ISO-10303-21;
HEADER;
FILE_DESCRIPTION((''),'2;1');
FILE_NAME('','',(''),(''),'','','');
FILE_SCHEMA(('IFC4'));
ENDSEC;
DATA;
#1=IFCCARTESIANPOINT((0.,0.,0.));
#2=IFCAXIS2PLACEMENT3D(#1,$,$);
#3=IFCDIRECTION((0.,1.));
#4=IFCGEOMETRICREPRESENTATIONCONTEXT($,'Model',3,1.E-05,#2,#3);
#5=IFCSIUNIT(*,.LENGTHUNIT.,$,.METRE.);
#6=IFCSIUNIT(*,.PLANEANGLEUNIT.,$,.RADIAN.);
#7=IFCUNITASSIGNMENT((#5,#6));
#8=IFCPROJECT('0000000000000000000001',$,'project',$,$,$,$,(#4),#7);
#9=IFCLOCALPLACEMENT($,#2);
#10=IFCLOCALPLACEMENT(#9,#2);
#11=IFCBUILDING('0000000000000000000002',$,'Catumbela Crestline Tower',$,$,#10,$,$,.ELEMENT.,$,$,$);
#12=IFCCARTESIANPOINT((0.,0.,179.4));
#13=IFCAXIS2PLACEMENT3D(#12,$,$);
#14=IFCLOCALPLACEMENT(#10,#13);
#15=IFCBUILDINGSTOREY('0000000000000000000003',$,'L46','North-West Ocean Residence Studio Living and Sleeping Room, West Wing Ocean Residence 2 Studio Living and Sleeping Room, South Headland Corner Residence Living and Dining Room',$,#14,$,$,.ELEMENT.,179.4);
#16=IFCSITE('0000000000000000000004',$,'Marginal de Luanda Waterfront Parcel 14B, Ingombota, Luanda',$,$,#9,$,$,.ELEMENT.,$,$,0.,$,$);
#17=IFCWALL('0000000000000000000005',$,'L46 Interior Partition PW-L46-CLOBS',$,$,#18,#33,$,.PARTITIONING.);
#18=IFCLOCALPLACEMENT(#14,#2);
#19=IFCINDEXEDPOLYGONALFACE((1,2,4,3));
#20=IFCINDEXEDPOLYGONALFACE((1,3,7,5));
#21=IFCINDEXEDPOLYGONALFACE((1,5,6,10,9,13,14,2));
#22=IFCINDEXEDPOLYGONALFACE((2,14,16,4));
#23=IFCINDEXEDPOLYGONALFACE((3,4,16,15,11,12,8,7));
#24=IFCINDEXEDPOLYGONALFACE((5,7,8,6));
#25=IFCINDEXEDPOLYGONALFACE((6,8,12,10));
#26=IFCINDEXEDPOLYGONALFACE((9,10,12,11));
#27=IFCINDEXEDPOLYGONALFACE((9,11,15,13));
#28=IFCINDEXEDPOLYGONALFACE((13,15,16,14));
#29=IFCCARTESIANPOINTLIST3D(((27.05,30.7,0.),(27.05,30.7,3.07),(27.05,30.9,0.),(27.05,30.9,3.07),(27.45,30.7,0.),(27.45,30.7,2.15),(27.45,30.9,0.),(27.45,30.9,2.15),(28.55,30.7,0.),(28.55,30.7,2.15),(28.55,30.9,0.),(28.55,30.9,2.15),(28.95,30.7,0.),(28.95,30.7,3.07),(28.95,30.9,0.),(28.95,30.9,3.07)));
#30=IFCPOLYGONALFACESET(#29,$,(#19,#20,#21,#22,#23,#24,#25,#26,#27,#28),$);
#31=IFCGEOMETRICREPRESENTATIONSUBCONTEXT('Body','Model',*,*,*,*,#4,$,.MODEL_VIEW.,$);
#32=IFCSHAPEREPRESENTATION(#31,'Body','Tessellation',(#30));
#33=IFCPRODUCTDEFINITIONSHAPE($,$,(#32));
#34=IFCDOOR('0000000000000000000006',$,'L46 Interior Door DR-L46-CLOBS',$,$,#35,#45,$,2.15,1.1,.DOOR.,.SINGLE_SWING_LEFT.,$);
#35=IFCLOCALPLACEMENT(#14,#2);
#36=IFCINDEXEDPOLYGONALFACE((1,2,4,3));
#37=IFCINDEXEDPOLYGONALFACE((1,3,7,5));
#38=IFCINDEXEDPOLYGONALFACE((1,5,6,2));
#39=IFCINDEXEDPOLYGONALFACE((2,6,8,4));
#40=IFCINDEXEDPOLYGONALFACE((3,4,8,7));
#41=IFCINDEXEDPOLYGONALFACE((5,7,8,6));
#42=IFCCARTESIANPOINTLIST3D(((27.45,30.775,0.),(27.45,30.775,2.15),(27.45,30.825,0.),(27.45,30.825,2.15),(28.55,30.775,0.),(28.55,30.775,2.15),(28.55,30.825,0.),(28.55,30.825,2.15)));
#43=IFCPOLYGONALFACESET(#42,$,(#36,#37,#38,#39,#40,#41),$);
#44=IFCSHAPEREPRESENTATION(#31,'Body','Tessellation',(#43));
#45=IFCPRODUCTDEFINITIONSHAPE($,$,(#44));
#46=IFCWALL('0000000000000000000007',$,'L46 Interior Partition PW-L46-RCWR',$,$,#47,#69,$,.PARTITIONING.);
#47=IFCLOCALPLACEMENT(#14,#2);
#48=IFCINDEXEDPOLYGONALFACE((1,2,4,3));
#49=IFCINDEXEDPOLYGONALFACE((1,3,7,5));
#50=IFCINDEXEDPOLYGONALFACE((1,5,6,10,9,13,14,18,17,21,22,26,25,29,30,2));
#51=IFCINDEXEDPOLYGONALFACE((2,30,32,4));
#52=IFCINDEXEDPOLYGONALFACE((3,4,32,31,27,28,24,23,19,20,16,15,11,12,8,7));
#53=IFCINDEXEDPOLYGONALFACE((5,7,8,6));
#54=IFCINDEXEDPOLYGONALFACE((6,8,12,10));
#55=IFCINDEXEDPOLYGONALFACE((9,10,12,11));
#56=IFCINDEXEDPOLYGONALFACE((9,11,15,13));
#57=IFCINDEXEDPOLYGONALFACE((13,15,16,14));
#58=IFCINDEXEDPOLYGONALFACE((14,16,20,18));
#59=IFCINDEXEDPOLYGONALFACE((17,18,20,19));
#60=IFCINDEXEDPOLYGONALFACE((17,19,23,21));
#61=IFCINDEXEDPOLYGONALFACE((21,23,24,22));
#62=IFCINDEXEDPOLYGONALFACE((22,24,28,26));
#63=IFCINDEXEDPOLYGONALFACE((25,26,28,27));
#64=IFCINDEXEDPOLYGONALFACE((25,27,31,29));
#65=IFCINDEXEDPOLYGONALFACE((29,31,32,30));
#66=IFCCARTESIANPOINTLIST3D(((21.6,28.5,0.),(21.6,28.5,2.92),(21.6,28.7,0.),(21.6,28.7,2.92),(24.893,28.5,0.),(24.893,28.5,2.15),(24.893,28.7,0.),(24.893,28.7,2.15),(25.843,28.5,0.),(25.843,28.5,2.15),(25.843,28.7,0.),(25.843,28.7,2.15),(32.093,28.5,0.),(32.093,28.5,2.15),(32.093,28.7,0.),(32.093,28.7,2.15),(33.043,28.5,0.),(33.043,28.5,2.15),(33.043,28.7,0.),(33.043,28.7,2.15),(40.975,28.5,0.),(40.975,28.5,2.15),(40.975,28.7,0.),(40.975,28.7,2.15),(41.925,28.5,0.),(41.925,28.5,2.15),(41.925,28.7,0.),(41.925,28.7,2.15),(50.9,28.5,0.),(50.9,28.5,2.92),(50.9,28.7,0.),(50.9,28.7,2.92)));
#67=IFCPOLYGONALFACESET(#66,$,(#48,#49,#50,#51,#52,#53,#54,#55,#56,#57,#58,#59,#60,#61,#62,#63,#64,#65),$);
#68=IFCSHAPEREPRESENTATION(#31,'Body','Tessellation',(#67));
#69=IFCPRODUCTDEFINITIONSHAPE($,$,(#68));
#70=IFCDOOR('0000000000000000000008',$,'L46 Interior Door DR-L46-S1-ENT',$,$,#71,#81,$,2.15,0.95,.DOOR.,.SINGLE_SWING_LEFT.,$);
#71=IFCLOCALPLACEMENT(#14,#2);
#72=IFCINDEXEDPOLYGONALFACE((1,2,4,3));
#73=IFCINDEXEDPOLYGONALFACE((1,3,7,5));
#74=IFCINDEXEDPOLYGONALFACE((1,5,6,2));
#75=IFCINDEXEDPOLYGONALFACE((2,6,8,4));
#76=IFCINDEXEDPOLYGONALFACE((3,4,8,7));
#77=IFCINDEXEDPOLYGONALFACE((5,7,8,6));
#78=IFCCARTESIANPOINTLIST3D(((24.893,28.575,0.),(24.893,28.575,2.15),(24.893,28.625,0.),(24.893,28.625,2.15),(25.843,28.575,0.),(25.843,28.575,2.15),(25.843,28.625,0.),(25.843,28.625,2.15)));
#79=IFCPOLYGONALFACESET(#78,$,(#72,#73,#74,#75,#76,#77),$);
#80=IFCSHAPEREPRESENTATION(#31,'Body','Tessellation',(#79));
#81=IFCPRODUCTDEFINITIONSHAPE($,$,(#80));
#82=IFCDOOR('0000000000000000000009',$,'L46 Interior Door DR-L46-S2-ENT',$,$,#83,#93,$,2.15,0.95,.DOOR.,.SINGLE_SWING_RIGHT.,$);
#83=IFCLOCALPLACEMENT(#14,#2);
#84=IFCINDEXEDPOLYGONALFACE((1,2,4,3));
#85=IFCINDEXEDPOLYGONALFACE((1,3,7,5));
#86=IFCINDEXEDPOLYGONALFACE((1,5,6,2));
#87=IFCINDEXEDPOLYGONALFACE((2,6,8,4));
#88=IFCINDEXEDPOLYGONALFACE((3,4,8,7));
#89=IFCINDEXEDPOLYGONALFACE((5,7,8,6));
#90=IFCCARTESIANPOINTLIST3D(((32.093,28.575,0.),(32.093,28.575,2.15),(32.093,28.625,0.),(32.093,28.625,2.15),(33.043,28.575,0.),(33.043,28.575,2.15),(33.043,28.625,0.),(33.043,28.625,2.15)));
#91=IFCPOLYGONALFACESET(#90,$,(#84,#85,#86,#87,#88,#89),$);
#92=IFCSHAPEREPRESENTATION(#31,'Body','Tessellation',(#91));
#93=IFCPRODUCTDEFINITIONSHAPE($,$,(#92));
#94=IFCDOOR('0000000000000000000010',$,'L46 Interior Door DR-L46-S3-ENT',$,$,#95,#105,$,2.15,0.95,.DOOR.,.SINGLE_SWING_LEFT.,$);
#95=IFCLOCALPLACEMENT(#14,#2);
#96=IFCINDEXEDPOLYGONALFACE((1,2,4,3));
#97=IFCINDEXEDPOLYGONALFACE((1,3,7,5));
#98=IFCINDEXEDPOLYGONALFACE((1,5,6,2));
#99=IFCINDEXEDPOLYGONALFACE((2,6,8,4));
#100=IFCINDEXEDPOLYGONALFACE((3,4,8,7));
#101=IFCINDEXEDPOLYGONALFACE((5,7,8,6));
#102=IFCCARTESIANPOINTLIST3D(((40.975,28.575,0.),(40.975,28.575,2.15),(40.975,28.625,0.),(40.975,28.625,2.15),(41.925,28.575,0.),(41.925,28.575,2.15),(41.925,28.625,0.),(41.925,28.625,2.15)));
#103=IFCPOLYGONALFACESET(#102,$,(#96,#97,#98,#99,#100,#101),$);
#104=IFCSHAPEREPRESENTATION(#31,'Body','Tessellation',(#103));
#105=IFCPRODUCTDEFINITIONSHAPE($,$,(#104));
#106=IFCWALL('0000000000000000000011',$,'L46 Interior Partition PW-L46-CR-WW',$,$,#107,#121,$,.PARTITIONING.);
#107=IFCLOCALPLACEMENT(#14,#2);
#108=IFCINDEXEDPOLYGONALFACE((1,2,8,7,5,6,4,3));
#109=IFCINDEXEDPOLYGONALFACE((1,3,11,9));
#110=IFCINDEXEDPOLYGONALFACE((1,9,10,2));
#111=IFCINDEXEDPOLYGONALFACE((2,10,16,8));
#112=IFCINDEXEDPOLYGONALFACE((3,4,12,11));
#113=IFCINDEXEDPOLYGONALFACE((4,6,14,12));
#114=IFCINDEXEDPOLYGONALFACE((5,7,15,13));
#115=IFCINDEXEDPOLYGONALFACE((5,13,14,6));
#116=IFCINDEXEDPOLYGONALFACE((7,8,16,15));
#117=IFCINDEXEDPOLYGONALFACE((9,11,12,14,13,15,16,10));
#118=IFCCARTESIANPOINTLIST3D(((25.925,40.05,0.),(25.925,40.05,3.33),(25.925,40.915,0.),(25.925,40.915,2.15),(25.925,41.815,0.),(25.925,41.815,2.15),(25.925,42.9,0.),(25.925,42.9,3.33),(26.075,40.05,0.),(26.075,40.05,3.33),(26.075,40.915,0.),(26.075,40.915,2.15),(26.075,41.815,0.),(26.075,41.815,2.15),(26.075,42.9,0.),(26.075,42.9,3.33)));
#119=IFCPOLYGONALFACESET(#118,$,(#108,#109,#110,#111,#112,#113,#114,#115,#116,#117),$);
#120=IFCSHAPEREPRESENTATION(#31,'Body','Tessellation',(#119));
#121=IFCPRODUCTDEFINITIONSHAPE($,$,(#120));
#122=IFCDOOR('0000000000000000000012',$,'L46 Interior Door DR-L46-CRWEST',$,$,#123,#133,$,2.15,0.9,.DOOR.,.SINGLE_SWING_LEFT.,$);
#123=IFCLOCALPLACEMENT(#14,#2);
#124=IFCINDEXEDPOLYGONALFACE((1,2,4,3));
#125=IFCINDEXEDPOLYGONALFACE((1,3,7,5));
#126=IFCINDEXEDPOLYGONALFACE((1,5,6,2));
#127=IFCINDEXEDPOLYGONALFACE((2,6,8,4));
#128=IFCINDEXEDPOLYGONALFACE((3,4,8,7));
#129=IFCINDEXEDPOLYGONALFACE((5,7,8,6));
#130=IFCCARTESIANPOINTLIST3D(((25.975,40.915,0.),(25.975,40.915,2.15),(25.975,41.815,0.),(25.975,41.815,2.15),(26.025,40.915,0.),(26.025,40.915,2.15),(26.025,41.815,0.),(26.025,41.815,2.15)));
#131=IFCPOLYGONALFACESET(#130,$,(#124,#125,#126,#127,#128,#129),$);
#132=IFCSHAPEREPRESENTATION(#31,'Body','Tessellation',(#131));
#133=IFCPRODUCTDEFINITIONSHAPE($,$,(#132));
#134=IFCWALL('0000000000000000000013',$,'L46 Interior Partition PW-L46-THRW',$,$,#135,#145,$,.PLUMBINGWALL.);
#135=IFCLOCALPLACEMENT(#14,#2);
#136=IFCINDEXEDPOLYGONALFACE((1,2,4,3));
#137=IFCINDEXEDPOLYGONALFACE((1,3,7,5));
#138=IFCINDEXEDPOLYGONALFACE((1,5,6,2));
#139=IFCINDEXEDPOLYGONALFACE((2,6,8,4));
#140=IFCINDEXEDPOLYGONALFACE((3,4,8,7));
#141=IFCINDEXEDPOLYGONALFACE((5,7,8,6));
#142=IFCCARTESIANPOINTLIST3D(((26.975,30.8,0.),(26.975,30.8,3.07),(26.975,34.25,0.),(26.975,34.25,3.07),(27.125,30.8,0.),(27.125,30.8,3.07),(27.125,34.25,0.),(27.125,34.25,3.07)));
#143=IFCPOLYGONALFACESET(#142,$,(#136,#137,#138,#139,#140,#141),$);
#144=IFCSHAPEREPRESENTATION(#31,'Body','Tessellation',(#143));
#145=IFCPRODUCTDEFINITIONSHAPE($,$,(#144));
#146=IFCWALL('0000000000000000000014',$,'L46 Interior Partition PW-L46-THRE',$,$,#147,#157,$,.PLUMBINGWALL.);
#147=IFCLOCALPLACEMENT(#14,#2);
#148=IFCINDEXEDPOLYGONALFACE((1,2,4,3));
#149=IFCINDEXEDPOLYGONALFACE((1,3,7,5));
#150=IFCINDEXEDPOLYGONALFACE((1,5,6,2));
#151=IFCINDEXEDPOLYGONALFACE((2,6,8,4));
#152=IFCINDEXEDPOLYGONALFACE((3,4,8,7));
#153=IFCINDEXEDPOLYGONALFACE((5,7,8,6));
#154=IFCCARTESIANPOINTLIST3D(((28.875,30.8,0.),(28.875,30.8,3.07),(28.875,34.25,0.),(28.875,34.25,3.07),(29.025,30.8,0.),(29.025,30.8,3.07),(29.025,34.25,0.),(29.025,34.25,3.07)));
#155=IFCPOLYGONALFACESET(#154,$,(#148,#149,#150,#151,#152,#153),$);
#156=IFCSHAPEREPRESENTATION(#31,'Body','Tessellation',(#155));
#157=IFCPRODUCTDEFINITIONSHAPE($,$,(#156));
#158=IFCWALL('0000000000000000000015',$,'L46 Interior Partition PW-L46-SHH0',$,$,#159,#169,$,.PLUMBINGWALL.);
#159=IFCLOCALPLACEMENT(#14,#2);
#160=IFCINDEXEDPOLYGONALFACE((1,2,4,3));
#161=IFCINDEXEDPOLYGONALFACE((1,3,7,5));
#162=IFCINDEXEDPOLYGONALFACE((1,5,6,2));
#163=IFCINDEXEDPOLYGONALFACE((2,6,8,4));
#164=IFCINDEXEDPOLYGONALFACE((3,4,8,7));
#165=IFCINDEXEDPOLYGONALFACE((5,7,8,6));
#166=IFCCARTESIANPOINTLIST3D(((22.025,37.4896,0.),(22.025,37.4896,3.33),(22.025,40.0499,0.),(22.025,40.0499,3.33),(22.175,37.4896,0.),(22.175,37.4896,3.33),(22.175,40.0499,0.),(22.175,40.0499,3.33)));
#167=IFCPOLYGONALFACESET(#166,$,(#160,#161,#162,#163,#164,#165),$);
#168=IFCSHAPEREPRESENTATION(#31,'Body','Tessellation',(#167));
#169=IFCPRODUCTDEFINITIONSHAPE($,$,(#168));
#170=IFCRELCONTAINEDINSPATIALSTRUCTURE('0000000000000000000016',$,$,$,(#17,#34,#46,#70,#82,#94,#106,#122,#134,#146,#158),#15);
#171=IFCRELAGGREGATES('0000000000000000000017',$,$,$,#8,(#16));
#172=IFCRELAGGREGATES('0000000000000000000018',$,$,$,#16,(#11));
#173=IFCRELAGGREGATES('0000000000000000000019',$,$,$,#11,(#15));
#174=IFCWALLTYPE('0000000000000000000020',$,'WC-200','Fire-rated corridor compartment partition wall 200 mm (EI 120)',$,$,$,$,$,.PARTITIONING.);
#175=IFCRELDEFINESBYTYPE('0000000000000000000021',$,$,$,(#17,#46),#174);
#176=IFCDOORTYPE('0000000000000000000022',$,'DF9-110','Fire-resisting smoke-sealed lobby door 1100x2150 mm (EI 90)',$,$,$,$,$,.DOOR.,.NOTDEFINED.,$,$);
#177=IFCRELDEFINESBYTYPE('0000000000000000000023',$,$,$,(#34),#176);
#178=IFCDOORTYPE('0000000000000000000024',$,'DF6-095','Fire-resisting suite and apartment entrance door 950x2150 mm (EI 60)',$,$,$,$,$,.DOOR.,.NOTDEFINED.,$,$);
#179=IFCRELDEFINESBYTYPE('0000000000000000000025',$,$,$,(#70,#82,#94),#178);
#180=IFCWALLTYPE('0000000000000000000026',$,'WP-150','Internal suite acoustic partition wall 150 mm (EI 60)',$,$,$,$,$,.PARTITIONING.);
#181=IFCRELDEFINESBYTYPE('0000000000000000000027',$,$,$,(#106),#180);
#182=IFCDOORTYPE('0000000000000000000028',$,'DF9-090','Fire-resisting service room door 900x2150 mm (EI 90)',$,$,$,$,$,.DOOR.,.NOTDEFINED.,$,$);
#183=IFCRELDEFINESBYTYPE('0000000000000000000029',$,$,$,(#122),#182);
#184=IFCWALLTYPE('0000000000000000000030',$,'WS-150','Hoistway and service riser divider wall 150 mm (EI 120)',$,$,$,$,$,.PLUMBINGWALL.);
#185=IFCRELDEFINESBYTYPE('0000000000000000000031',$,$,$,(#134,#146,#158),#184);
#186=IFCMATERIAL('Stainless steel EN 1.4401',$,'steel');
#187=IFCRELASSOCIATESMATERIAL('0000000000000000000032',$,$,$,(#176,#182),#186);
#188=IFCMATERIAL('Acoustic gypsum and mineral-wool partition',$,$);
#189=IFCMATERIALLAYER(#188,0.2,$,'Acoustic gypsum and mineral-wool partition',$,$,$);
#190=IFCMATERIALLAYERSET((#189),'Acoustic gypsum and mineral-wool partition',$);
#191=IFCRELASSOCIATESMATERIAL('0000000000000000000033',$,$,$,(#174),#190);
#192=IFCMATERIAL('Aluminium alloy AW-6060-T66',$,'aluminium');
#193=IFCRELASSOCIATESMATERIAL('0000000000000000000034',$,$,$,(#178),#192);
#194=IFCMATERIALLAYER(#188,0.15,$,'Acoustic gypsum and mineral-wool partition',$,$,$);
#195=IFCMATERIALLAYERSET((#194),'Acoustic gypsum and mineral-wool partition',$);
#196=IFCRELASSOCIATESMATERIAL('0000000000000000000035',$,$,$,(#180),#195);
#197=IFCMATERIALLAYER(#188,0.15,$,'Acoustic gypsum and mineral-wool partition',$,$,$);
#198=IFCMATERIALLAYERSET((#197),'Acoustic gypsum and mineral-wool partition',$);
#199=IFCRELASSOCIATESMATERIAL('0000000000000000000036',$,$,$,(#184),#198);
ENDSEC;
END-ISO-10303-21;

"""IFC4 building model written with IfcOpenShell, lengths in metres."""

from ifc_helpers import new_model, si_unit, direction, frame, frame_2d, origin, place, context, subcontext, project, spatial, rectangle, extrude, material, layer, layer_set, type_object, element, fill, save


model = new_model("IFC4")

# Units and contexts
model_context = context("Model", 3, precision=1e-05, world=origin(), true_north=direction((0.0, 1.0)))
body_context = subcontext(model_context, "Body", "Model", "MODEL_VIEW")
ifc_project = project(units=[si_unit("LENGTHUNIT", "METRE"), si_unit("PLANEANGLEUNIT", "RADIAN")], contexts=[model_context])

# Site, building, storey
site_placement = place(None, origin())
site = spatial("IfcSite", under=ifc_project, at=site_placement, Name="Marginal de Luanda Waterfront Parcel 14B, Ingombota, Luanda", CompositionType="ELEMENT", RefElevation=0.0)
building_placement = place(site_placement, origin())
building = spatial("IfcBuilding", under=site, at=building_placement, Name="Catumbela Crestline Tower", CompositionType="ELEMENT")
storey_placement = place(building_placement, frame((0.0, 0.0, 179.4)))
storey = spatial("IfcBuildingStorey", under=building, at=storey_placement, Name="L46", Description="North-West Ocean Residence Studio Living and Sleeping Room, West Wing Ocean Residence 2 Studio Living and Sleeping Room, South Headland Corner Residence Living and Dining Room", CompositionType="ELEMENT", Elevation=179.4)

# Shared definitions
ifc_material_1 = material(Name="Stainless steel EN 1.4401", Category="steel")

# Wall, opening, door
door_type_1 = type_object("IfcDoorType", Name="DF9-110", Description="Fire-resisting smoke-sealed lobby door 1100x2150 mm (EI 90)", OperationType="NOTDEFINED", PredefinedType="DOOR", material=ifc_material_1)
ifc_material_2 = material(Name="Acoustic gypsum and mineral-wool partition")
ifc_layer_1 = layer(ifc_material_2, 0.2, Name="Acoustic gypsum and mineral-wool partition")
ifc_layer_set_1 = layer_set([ifc_layer_1], Name="Acoustic gypsum and mineral-wool partition")
wall_type_1 = type_object("IfcWallType", Name="WC-200", Description="Fire-rated corridor compartment partition wall 200 mm (EI 120)", PredefinedType="PARTITIONING", material=ifc_layer_set_1)
wall_1_placement = place(storey_placement, frame((27.05, 30.8, 0.0), z_axis=(0.0, 0.0, 1.0), x_axis=(1.0, 0.0, 0.0)))
wall_1 = element("IfcWall", 1, at=wall_1_placement, inside=storey, type_object=wall_type_1, Name="L46 Interior Partition PW-L46-CLOBS", PredefinedType="PARTITIONING", context=body_context, shape_type="SweptSolid", body=[
    extrude(rectangle(XDim=1.9, YDim=0.2, at=frame_2d((0.95, 0.0))), origin(), (0.0, 0.0, 1.0), 3.07),
])
opening_1_placement = place(wall_1_placement, frame((0.4, 0.0, 0.0)))
opening_1 = element("IfcOpeningElement", 2, at=opening_1_placement, cuts=wall_1, PredefinedType="OPENING", context=body_context, shape_type="SweptSolid", body=[
    extrude(rectangle(XDim=1.1, YDim=2.15, at=frame_2d((0.55, 1.075))), frame((0.0, 0.11, 0.0), z_axis=(0.0, -1.0, 0.0), x_axis=(1.0, 0.0, 0.0)), (0.0, 0.0, 1.0), 0.22),
])
door_1_placement = place(opening_1_placement, origin())
door_1 = element("IfcDoor", 3, at=door_1_placement, inside=storey, type_object=door_type_1, Name="L46 Interior Door DR-L46-CLOBS", OperationType="SINGLE_SWING_LEFT", OverallHeight=2.15, OverallWidth=1.1, PredefinedType="DOOR", context=body_context, shape_type="SweptSolid", body=[
    extrude(rectangle(XDim=1.1, YDim=2.15, at=frame_2d((0.55, 1.075))), frame((0.0, 0.025, 0.0), z_axis=(0.0, -1.0, 0.0), x_axis=(1.0, 0.0, 0.0)), (0.0, 0.0, 1.0), 0.05),
])
fill(opening_1, door_1)

# Wall, openings, doors
wall_2_placement = place(storey_placement, frame((21.6, 28.6, 0.0), z_axis=(0.0, 0.0, 1.0), x_axis=(1.0, 0.0, 0.0)))
wall_2 = element("IfcWall", 4, at=wall_2_placement, inside=storey, type_object=wall_type_1, Name="L46 Interior Partition PW-L46-RCWR", PredefinedType="PARTITIONING", context=body_context, shape_type="SweptSolid", body=[
    extrude(rectangle(XDim=29.3, YDim=0.2, at=frame_2d((14.65, 0.0))), origin(), (0.0, 0.0, 1.0), 2.92),
])
opening_2_placement = place(wall_2_placement, frame((3.293, 0.0, 0.0)))
opening_2 = element("IfcOpeningElement", 5, at=opening_2_placement, cuts=wall_2, PredefinedType="OPENING", context=body_context, shape_type="SweptSolid", body=[
    extrude(rectangle(XDim=0.95, YDim=2.15, at=frame_2d((0.475, 1.075))), frame((0.0, 0.11, 0.0), z_axis=(0.0, -1.0, 0.0), x_axis=(1.0, 0.0, 0.0)), (0.0, 0.0, 1.0), 0.22),
])
opening_3_placement = place(wall_2_placement, frame((10.493, 0.0, 0.0)))
opening_3 = element("IfcOpeningElement", 6, at=opening_3_placement, cuts=wall_2, PredefinedType="OPENING", context=body_context, shape_type="SweptSolid", body=[
    extrude(rectangle(XDim=0.95, YDim=2.15, at=frame_2d((0.475, 1.075))), frame((0.0, 0.11, 0.0), z_axis=(0.0, -1.0, 0.0), x_axis=(1.0, 0.0, 0.0)), (0.0, 0.0, 1.0), 0.22),
])
opening_4_placement = place(wall_2_placement, frame((19.375, 0.0, 0.0)))
opening_4 = element("IfcOpeningElement", 7, at=opening_4_placement, cuts=wall_2, PredefinedType="OPENING", context=body_context, shape_type="SweptSolid", body=[
    extrude(rectangle(XDim=0.95, YDim=2.15, at=frame_2d((0.475, 1.075))), frame((0.0, 0.11, 0.0), z_axis=(0.0, -1.0, 0.0), x_axis=(1.0, 0.0, 0.0)), (0.0, 0.0, 1.0), 0.22),
])
ifc_material_3 = material(Name="Aluminium alloy AW-6060-T66", Category="aluminium")
door_type_2 = type_object("IfcDoorType", Name="DF6-095", Description="Fire-resisting suite and apartment entrance door 950x2150 mm (EI 60)", OperationType="NOTDEFINED", PredefinedType="DOOR", material=ifc_material_3)
door_2_placement = place(opening_2_placement, origin())
door_2 = element("IfcDoor", 8, at=door_2_placement, inside=storey, type_object=door_type_2, Name="L46 Interior Door DR-L46-S1-ENT", OperationType="SINGLE_SWING_LEFT", OverallHeight=2.15, OverallWidth=0.95, PredefinedType="DOOR", context=body_context, shape_type="SweptSolid", body=[
    extrude(rectangle(XDim=0.95, YDim=2.15, at=frame_2d((0.475, 1.075))), frame((0.0, 0.025, 0.0), z_axis=(0.0, -1.0, 0.0), x_axis=(1.0, 0.0, 0.0)), (0.0, 0.0, 1.0), 0.05),
])
fill(opening_2, door_2)
door_3_placement = place(opening_3_placement, origin())
door_3 = element("IfcDoor", 9, at=door_3_placement, inside=storey, type_object=door_type_2, Name="L46 Interior Door DR-L46-S2-ENT", OperationType="SINGLE_SWING_RIGHT", OverallHeight=2.15, OverallWidth=0.95, PredefinedType="DOOR", context=body_context, shape_type="SweptSolid", body=[
    extrude(rectangle(XDim=0.95, YDim=2.15, at=frame_2d((0.475, 1.075))), frame((0.0, 0.025, 0.0), z_axis=(0.0, -1.0, 0.0), x_axis=(1.0, 0.0, 0.0)), (0.0, 0.0, 1.0), 0.05),
])
fill(opening_3, door_3)
door_4_placement = place(opening_4_placement, origin())
door_4 = element("IfcDoor", 10, at=door_4_placement, inside=storey, type_object=door_type_2, Name="L46 Interior Door DR-L46-S3-ENT", OperationType="SINGLE_SWING_LEFT", OverallHeight=2.15, OverallWidth=0.95, PredefinedType="DOOR", context=body_context, shape_type="SweptSolid", body=[
    extrude(rectangle(XDim=0.95, YDim=2.15, at=frame_2d((0.475, 1.075))), frame((0.0, 0.025, 0.0), z_axis=(0.0, -1.0, 0.0), x_axis=(1.0, 0.0, 0.0)), (0.0, 0.0, 1.0), 0.05),
])
fill(opening_4, door_4)

# Wall, opening, door
ifc_layer_2 = layer(ifc_material_2, 0.15, Name="Acoustic gypsum and mineral-wool partition")
ifc_layer_set_2 = layer_set([ifc_layer_2], Name="Acoustic gypsum and mineral-wool partition")
wall_type_2 = type_object("IfcWallType", Name="WP-150", Description="Internal suite acoustic partition wall 150 mm (EI 60)", PredefinedType="PARTITIONING", material=ifc_layer_set_2)
wall_3_placement = place(storey_placement, frame((26.0, 40.05, 0.0), z_axis=(0.0, 0.0, 1.0), x_axis=(0.0, 1.0, 0.0)))
wall_3 = element("IfcWall", 11, at=wall_3_placement, inside=storey, type_object=wall_type_2, Name="L46 Interior Partition PW-L46-CR-WW", PredefinedType="PARTITIONING", context=body_context, shape_type="SweptSolid", body=[
    extrude(rectangle(XDim=2.85, YDim=0.15, at=frame_2d((1.425, 0.0))), origin(), (0.0, 0.0, 1.0), 3.33),
])
opening_5_placement = place(wall_3_placement, frame((0.865, 0.0, 0.0)))
opening_5 = element("IfcOpeningElement", 12, at=opening_5_placement, cuts=wall_3, PredefinedType="OPENING", context=body_context, shape_type="SweptSolid", body=[
    extrude(rectangle(XDim=0.9, YDim=2.15, at=frame_2d((0.45, 1.075))), frame((0.0, 0.085, 0.0), z_axis=(0.0, -1.0, 0.0), x_axis=(1.0, 0.0, 0.0)), (0.0, 0.0, 1.0), 0.17),
])
door_type_3 = type_object("IfcDoorType", Name="DF9-090", Description="Fire-resisting service room door 900x2150 mm (EI 90)", OperationType="NOTDEFINED", PredefinedType="DOOR", material=ifc_material_1)
door_5_placement = place(opening_5_placement, origin())
door_5 = element("IfcDoor", 13, at=door_5_placement, inside=storey, type_object=door_type_3, Name="L46 Interior Door DR-L46-CRWEST", OperationType="SINGLE_SWING_LEFT", OverallHeight=2.15, OverallWidth=0.9, PredefinedType="DOOR", context=body_context, shape_type="SweptSolid", body=[
    extrude(rectangle(XDim=0.9, YDim=2.15, at=frame_2d((0.45, 1.075))), frame((0.0, 0.025, 0.0), z_axis=(0.0, -1.0, 0.0), x_axis=(1.0, 0.0, 0.0)), (0.0, 0.0, 1.0), 0.05),
])
fill(opening_5, door_5)

# Walls
ifc_layer_3 = layer(ifc_material_2, 0.15, Name="Acoustic gypsum and mineral-wool partition")
ifc_layer_set_3 = layer_set([ifc_layer_3], Name="Acoustic gypsum and mineral-wool partition")
wall_type_3 = type_object("IfcWallType", Name="WS-150", Description="Hoistway and service riser divider wall 150 mm (EI 120)", PredefinedType="PLUMBINGWALL", material=ifc_layer_set_3)
for number, where, z_axis, x_axis, name in (
    (14, (27.05, 30.8, 0.0), (0.0, 0.0, 1.0), (0.0, 1.0, 0.0), "L46 Interior Partition PW-L46-THRW"),
    (15, (28.95, 30.8, 0.0), (0.0, 0.0, 1.0), (0.0, 1.0, 0.0), "L46 Interior Partition PW-L46-THRE"),
):
    element("IfcWall", number, at=place(storey_placement, frame(where, z_axis=z_axis, x_axis=x_axis)), inside=storey, type_object=wall_type_3, Name=name, PredefinedType="PLUMBINGWALL", context=body_context, shape_type="SweptSolid", body=[
        extrude(rectangle(XDim=3.45, YDim=0.15, at=frame_2d((1.725, 0.0))), origin(), (0.0, 0.0, 1.0), 3.07),
    ])
wall_4_placement = place(storey_placement, frame((22.1, 37.4897, 0.0), z_axis=(0.0, 0.0, 1.0), x_axis=(0.0, 1.0, 0.0)))
element("IfcWall", 16, at=wall_4_placement, inside=storey, type_object=wall_type_3, Name="L46 Interior Partition PW-L46-SHH0", PredefinedType="PLUMBINGWALL", context=body_context, shape_type="SweptSolid", body=[
    extrude(rectangle(XDim=2.5603, YDim=0.15, at=frame_2d((1.2801, 0.0))), origin(), (0.0, 0.0, 1.0), 3.33),
])

save(model, "model.ifc")
